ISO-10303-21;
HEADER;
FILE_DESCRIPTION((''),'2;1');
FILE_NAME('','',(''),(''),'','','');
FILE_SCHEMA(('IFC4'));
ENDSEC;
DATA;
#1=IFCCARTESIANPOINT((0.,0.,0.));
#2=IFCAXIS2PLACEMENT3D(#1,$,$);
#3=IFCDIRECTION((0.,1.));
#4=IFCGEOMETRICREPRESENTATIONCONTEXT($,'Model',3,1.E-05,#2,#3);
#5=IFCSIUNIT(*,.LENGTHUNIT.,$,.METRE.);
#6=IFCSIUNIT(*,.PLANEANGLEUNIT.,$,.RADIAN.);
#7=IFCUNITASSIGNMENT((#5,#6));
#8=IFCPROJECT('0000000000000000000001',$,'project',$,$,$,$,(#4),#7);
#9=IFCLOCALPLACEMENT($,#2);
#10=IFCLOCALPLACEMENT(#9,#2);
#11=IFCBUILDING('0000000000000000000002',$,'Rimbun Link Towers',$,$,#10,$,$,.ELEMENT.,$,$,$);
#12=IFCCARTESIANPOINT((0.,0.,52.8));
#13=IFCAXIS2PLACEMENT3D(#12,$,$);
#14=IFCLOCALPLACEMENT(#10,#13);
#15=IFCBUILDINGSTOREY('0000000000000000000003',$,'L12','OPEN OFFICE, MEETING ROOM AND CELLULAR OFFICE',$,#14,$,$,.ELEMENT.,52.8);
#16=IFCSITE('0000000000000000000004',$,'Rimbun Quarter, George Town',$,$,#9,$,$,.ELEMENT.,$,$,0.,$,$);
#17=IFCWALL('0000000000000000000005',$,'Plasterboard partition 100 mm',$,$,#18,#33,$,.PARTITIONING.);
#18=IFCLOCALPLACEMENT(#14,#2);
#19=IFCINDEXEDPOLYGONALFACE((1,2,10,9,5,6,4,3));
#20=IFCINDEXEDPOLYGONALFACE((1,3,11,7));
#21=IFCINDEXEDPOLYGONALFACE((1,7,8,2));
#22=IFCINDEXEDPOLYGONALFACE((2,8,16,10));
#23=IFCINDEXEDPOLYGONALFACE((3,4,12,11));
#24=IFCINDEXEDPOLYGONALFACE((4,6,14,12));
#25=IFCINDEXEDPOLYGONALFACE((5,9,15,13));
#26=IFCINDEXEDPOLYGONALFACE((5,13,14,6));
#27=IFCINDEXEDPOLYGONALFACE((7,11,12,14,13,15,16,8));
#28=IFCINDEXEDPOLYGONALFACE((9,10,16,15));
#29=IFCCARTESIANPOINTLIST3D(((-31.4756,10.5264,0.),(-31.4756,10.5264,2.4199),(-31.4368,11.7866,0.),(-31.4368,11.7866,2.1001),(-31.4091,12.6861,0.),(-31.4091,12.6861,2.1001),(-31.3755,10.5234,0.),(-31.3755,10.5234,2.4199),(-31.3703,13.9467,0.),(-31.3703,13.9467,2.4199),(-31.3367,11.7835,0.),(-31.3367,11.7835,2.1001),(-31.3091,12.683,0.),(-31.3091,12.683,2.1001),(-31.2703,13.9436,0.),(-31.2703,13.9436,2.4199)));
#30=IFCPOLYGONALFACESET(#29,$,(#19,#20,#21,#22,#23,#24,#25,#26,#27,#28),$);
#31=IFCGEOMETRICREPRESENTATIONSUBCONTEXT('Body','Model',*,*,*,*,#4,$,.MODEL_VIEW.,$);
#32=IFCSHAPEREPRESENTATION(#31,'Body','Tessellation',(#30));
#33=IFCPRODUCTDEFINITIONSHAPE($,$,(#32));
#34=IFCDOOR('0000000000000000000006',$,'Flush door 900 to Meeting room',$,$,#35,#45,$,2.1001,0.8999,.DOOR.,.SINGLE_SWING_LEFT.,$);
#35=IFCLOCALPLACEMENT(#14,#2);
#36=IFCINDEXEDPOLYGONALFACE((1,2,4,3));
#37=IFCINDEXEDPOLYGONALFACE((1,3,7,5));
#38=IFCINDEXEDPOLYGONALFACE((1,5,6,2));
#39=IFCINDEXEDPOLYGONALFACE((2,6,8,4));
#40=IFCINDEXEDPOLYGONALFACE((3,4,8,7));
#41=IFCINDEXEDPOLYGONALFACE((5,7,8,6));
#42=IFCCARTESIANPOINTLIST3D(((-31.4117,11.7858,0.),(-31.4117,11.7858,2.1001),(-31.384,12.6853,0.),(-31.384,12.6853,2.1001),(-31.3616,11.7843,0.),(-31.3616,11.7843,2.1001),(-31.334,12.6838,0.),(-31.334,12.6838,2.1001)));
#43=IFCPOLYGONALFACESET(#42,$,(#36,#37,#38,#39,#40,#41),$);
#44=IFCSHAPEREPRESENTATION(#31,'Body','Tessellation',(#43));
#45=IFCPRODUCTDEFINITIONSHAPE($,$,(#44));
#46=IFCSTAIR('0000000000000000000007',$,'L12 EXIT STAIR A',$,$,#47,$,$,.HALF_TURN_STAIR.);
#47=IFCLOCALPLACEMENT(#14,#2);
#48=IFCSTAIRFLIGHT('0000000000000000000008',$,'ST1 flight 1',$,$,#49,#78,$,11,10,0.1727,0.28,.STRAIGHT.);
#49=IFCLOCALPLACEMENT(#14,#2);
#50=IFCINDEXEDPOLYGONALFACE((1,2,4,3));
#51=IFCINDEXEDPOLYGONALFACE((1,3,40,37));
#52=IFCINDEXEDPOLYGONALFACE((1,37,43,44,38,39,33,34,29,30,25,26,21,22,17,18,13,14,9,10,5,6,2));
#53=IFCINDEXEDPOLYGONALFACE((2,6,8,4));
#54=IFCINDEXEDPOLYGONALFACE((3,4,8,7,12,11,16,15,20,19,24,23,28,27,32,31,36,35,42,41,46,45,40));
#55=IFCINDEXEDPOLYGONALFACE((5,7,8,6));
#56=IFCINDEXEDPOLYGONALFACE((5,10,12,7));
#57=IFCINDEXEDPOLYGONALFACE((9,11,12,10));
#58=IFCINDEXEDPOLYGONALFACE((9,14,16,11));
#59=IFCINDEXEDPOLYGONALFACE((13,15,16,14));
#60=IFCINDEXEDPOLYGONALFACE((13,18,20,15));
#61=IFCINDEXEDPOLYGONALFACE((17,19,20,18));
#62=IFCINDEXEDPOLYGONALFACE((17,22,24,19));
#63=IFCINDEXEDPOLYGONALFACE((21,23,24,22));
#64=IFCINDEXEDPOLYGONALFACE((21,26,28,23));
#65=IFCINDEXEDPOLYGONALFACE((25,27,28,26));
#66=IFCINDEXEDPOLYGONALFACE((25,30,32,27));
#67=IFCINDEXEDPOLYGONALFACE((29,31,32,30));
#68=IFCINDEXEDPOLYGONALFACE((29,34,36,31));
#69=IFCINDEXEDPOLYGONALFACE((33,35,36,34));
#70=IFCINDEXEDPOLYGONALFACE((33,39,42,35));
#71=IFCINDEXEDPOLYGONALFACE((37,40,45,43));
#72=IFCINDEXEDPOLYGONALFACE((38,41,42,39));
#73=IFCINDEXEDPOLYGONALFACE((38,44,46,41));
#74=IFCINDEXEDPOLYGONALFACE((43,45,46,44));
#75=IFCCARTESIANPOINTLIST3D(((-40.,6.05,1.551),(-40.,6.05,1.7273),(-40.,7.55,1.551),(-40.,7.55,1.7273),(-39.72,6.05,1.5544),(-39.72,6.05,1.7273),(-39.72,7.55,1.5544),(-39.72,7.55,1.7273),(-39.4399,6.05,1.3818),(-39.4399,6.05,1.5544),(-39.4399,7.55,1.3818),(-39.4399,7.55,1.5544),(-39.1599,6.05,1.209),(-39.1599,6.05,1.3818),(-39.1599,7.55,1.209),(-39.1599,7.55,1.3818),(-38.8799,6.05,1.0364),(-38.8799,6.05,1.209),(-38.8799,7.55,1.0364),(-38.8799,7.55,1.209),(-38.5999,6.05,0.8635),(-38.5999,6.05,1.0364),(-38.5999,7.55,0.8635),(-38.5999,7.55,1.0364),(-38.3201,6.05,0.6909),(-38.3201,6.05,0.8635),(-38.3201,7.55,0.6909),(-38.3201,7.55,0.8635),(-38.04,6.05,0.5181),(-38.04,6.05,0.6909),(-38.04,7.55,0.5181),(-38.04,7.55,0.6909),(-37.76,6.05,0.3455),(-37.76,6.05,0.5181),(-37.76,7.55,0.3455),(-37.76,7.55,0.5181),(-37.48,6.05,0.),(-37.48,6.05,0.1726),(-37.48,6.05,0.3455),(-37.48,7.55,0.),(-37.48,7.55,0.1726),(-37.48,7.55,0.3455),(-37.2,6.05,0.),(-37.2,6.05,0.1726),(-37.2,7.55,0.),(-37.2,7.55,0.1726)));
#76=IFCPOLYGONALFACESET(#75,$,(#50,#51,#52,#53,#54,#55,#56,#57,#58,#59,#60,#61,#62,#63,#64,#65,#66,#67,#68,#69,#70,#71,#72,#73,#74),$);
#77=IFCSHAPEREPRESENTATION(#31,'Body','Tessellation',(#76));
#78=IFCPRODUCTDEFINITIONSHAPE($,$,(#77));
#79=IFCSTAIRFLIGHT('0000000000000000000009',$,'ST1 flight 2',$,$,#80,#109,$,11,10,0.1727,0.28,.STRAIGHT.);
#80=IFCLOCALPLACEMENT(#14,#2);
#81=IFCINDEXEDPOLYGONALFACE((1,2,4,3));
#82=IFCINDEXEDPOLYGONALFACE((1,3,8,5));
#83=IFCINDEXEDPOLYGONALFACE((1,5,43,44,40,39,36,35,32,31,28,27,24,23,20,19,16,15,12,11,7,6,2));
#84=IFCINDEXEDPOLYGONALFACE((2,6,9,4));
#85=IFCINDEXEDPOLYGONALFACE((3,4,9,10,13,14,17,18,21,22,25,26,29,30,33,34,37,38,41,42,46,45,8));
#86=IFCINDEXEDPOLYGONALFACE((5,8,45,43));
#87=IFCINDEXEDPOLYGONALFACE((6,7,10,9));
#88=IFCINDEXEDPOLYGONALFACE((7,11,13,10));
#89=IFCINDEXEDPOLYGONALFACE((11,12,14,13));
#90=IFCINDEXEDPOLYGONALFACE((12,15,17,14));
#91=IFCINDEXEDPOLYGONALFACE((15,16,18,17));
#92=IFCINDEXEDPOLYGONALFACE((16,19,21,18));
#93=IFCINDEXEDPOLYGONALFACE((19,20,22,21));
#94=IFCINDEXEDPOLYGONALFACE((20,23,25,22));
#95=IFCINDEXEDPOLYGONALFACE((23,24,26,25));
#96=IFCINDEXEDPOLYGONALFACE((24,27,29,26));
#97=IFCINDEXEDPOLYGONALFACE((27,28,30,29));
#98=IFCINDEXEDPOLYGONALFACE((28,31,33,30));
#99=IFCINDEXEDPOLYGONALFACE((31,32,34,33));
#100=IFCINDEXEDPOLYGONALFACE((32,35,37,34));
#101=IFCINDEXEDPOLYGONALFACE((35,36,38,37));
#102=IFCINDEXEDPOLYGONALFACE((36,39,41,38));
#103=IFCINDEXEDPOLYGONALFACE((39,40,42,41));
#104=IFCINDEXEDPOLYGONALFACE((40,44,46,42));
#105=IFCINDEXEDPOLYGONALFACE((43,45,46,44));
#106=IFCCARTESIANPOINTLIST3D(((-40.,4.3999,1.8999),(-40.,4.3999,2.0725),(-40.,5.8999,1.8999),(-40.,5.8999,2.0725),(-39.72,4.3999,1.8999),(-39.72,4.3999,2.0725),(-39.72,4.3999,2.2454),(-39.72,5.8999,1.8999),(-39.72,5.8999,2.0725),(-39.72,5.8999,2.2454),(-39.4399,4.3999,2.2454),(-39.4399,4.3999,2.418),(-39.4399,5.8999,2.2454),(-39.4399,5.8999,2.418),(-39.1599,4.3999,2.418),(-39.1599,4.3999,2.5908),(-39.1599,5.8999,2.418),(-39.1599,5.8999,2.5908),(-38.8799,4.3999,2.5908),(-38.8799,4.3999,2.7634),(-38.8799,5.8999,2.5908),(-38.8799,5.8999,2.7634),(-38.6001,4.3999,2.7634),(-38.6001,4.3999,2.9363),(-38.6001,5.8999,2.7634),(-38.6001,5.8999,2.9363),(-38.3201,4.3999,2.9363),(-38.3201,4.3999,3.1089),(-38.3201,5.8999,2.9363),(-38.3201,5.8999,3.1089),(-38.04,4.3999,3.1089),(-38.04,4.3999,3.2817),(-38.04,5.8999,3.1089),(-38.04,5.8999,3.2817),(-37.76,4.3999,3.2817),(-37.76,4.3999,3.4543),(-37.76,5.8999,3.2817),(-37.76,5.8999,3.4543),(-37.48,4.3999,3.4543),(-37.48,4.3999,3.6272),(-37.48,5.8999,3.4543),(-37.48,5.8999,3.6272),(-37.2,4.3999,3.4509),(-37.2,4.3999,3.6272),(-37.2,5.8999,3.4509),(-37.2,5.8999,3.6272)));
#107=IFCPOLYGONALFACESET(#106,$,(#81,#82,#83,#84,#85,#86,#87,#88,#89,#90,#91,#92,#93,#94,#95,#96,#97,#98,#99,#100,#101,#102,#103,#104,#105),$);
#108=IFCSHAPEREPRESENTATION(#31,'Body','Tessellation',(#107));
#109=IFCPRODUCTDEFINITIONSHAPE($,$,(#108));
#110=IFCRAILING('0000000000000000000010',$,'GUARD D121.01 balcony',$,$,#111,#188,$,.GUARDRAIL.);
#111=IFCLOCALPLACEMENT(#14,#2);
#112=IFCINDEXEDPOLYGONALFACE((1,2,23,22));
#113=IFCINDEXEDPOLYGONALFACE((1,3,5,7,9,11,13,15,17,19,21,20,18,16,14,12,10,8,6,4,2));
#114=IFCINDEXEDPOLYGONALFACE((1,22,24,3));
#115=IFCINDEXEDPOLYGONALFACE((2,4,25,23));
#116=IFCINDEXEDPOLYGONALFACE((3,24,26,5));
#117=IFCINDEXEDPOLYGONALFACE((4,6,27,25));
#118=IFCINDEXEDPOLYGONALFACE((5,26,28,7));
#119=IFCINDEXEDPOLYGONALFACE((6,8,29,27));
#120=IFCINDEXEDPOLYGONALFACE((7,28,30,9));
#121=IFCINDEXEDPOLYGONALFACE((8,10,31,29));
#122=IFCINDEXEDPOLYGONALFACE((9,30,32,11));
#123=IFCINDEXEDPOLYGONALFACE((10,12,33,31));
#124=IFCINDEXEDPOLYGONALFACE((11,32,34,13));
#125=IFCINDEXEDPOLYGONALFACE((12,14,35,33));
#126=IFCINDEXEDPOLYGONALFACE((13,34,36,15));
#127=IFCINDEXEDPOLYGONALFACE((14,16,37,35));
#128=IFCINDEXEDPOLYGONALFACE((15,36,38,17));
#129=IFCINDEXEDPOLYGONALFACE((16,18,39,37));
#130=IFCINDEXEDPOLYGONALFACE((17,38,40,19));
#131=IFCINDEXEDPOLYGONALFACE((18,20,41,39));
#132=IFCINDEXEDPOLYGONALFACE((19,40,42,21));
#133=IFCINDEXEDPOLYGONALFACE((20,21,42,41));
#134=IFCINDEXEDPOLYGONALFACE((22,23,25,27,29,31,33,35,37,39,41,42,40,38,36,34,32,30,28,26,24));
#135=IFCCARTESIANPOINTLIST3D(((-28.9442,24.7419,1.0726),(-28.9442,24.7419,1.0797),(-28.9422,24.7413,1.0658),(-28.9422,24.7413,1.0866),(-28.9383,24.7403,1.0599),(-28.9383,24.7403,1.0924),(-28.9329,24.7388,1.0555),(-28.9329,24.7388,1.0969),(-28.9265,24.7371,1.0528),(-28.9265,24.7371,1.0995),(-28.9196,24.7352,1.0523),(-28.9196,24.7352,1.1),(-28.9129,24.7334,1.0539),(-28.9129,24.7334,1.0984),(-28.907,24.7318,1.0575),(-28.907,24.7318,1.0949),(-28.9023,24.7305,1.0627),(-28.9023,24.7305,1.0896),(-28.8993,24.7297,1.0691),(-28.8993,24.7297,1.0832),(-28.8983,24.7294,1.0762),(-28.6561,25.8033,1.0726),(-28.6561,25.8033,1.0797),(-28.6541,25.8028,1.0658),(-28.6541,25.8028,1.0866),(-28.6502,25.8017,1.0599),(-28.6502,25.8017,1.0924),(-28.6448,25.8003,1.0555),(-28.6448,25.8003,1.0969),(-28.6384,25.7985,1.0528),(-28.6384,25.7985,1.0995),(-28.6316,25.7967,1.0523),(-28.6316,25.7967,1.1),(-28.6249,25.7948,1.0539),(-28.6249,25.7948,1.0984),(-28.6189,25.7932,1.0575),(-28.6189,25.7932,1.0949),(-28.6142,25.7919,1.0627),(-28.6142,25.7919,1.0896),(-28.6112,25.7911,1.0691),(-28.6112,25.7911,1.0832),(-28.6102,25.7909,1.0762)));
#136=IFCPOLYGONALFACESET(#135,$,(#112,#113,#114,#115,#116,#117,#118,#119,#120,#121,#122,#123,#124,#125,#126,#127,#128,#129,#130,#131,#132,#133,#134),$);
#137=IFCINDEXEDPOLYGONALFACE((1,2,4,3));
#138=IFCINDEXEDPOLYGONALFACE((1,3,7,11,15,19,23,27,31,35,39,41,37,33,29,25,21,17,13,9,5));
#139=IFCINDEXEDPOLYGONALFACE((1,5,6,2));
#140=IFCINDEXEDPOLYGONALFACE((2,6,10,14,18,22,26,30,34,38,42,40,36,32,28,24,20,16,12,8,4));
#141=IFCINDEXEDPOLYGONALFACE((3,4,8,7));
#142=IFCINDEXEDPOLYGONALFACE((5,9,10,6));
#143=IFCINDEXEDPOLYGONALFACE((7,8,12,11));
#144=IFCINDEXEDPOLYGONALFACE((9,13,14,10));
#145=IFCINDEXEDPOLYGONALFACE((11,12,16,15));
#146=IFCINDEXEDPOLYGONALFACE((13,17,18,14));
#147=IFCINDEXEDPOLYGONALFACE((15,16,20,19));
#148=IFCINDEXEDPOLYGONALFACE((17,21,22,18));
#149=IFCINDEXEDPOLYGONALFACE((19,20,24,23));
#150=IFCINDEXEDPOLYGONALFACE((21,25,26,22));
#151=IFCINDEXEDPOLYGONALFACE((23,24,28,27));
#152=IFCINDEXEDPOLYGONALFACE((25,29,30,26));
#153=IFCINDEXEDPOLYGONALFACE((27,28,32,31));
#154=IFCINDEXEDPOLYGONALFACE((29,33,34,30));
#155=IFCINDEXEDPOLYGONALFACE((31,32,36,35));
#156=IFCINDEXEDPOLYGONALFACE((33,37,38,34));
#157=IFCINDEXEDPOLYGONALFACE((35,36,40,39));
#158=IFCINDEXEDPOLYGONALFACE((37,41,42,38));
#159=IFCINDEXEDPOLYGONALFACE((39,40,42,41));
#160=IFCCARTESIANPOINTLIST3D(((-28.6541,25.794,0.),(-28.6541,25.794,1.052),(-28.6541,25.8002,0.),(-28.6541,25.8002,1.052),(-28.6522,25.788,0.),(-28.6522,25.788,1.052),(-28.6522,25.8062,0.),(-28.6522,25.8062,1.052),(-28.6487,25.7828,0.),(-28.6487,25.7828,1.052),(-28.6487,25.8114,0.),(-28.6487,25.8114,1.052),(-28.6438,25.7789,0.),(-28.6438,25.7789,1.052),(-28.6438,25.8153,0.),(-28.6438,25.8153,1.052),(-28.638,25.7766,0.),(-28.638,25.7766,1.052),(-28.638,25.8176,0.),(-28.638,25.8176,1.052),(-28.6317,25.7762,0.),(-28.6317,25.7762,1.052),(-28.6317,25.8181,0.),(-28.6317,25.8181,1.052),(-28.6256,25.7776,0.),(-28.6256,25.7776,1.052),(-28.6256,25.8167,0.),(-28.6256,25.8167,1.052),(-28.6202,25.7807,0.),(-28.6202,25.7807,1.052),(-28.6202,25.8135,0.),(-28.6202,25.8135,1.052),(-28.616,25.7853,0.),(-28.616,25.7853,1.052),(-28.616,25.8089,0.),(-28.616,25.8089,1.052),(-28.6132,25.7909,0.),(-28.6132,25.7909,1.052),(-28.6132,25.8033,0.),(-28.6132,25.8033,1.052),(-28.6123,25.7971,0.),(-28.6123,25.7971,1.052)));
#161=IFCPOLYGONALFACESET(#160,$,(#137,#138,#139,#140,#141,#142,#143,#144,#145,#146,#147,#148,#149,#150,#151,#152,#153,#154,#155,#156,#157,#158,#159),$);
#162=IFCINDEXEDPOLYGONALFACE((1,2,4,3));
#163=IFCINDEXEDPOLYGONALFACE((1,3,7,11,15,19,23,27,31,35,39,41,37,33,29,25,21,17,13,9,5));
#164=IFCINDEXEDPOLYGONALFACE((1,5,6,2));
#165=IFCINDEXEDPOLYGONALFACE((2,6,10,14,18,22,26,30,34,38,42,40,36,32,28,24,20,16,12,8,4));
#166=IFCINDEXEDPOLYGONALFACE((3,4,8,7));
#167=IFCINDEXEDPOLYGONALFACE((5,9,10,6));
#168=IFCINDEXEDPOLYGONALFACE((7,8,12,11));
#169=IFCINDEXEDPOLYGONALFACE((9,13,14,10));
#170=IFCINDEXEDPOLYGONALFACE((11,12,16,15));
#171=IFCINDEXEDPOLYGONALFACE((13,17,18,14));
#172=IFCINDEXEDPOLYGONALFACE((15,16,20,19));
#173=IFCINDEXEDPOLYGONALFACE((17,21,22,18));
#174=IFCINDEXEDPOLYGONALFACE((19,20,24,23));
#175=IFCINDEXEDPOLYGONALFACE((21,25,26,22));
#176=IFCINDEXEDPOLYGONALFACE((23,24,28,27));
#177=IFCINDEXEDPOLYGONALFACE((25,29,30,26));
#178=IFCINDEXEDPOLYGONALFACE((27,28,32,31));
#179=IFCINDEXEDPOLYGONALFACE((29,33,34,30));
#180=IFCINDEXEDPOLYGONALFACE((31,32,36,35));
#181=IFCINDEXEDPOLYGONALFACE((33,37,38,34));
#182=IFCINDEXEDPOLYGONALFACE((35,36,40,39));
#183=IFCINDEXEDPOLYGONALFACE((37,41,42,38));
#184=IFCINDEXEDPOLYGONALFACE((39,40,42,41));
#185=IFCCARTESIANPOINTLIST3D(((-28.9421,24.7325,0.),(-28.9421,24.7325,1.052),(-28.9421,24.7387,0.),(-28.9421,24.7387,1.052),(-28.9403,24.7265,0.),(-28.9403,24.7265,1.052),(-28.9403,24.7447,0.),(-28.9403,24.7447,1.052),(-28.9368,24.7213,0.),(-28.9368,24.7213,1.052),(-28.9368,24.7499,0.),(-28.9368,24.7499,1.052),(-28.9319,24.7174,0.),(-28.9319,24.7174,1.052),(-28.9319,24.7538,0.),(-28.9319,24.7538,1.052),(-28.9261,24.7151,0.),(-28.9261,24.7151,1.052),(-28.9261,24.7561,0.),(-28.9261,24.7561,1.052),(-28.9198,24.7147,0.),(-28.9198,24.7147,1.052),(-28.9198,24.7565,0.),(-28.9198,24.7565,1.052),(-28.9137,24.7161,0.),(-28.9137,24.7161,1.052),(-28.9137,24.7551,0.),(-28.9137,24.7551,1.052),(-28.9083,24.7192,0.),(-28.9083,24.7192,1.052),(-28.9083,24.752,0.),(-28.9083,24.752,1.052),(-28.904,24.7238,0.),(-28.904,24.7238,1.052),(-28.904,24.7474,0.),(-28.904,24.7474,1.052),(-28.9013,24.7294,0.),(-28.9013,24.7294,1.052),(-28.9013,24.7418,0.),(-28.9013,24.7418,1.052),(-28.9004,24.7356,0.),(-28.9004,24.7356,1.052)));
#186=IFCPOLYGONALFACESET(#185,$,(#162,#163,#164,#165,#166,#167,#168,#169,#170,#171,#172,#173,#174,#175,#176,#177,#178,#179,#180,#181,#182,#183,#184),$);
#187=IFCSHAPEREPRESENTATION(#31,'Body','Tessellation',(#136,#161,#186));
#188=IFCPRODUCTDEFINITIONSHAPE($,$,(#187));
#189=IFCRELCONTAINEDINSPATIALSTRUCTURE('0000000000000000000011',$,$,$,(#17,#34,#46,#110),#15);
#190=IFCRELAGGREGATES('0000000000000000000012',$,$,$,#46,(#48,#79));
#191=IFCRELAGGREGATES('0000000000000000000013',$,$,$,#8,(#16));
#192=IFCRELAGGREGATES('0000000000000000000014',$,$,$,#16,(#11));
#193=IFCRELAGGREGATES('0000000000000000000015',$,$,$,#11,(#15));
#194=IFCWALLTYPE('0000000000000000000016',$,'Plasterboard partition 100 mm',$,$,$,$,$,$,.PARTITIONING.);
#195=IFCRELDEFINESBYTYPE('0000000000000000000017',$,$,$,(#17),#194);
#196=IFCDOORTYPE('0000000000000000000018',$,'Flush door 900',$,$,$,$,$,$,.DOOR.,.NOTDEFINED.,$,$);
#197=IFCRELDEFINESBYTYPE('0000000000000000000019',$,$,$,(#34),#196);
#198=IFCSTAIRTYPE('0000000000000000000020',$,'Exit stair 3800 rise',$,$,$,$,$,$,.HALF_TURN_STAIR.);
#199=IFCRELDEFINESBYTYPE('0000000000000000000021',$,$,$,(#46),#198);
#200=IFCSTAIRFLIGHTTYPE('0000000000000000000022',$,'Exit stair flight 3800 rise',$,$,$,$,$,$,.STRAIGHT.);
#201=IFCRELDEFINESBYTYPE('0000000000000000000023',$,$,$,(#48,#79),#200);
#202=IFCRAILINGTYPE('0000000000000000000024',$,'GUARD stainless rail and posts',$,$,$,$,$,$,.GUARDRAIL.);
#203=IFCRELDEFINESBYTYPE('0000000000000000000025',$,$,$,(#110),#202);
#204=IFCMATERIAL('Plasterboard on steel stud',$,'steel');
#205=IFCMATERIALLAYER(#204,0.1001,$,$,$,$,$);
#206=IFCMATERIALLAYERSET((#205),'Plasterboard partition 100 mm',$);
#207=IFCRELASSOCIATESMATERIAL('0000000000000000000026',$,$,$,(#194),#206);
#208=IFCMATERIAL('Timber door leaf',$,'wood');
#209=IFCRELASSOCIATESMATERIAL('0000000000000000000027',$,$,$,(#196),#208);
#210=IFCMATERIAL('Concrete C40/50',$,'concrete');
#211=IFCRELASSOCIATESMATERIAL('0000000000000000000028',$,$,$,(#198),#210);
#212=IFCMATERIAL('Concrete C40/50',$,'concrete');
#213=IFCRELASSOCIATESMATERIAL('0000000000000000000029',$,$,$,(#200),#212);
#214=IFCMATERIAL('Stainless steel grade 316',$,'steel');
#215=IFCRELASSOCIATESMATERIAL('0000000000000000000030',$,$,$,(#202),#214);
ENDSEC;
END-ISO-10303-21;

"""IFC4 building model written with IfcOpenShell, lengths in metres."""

from ifc_helpers import new_model, si_unit, direction, frame, frame_2d, origin, origin_2d, place, context, subcontext, project, spatial, polyline, rectangle, circle, outline, extrude, material, layer, layer_set, type_object, element, fill, aggregate, save


model = new_model("IFC4")

# Units and contexts
model_context = context("Model", 3, precision=1e-05, world=origin(), true_north=direction((0.0, 1.0)))
body_context = subcontext(model_context, "Body", "Model", "MODEL_VIEW")
ifc_project = project(units=[si_unit("LENGTHUNIT", "METRE"), si_unit("PLANEANGLEUNIT", "RADIAN")], contexts=[model_context])

# Site, building, storey
site_placement = place(None, origin())
site = spatial("IfcSite", under=ifc_project, at=site_placement, Name="Rimbun Quarter, George Town", CompositionType="ELEMENT", RefElevation=0.0)
building_placement = place(site_placement, origin())
building = spatial("IfcBuilding", under=site, at=building_placement, Name="Rimbun Link Towers", CompositionType="ELEMENT")
storey_placement = place(building_placement, frame((0.0, 0.0, 52.8)))
storey = spatial("IfcBuildingStorey", under=building, at=storey_placement, Name="L12", Description="OPEN OFFICE, MEETING ROOM AND CELLULAR OFFICE", CompositionType="ELEMENT", Elevation=52.8)

# Wall, opening, door
ifc_material_1 = material(Name="Plasterboard on steel stud", Category="steel")
ifc_layer_1 = layer(ifc_material_1, 0.1001)
ifc_layer_set_1 = layer_set([ifc_layer_1], Name="Plasterboard partition 100 mm")
wall_type_1 = type_object("IfcWallType", Name="Plasterboard partition 100 mm", PredefinedType="PARTITIONING", material=ifc_layer_set_1)
wall_1_placement = place(storey_placement, frame((-31.4255, 10.5249, 0.0), z_axis=(0.0, 0.0, 1.0), x_axis=(0.030751, 0.999527, 0.0)))
wall_1 = element("IfcWall", 1, at=wall_1_placement, inside=storey, type_object=wall_type_1, Name="Plasterboard partition 100 mm", PredefinedType="PARTITIONING", context=body_context, shape_type="SweptSolid", body=[
    extrude(rectangle(XDim=3.4219, YDim=0.1001, at=frame_2d((1.7109, 0.0))), origin(), (0.0, 0.0, 1.0), 2.4199),
])
opening_1_placement = place(wall_1_placement, frame((1.2607, 0.0, 0.0)))
opening_1 = element("IfcOpeningElement", 2, at=opening_1_placement, cuts=wall_1, PredefinedType="OPENING", context=body_context, shape_type="SweptSolid", body=[
    extrude(rectangle(XDim=0.8999, YDim=2.1001, at=frame_2d((0.45, 1.05))), frame((0.0, 0.0601, 0.0), z_axis=(0.0, -1.0, 0.0), x_axis=(1.0, 0.0, 0.0)), (0.0, 0.0, 1.0), 0.1201),
])
ifc_material_2 = material(Name="Timber door leaf", Category="wood")
door_type_1 = type_object("IfcDoorType", Name="Flush door 900", OperationType="NOTDEFINED", PredefinedType="DOOR", material=ifc_material_2)
door_1_placement = place(opening_1_placement, origin())
door_1 = element("IfcDoor", 3, at=door_1_placement, inside=storey, type_object=door_type_1, Name="Flush door 900 to Meeting room", OperationType="SINGLE_SWING_LEFT", OverallHeight=2.1001, OverallWidth=0.8999, PredefinedType="DOOR", context=body_context, shape_type="SweptSolid", body=[
    extrude(rectangle(XDim=0.8999, YDim=2.1001, at=frame_2d((0.45, 1.05))), frame((0.0, 0.0249, 0.0), z_axis=(0.0, -1.0, 0.0), x_axis=(1.0, 0.0, 0.0)), (0.0, 0.0, 1.0), 0.05),
])
fill(opening_1, door_1)

# Stair, stair flights
ifc_material_3 = material(Name="Concrete C40/50", Category="concrete")
stair_type = type_object("IfcStairType", Name="Exit stair 3800 rise", PredefinedType="HALF_TURN_STAIR", material=ifc_material_3)
stair_placement = place(storey_placement, origin())
stair = element("IfcStair", 4, at=stair_placement, inside=storey, type_object=stair_type, Name="L12 EXIT STAIR A", PredefinedType="HALF_TURN_STAIR")
ifc_material_4 = material(Name="Concrete C40/50", Category="concrete")
stair_flight_type = type_object("IfcStairFlightType", Name="Exit stair flight 3800 rise", PredefinedType="STRAIGHT", material=ifc_material_4)
stair_flight_1_placement = place(storey_placement, frame((-37.2, 6.8, 0.0), z_axis=(0.0, 0.0, 1.0), x_axis=(-1.0, 0.0, 0.0)))
stair_flight_1 = element("IfcStairFlight", 5, at=stair_flight_1_placement, type_object=stair_flight_type, Name="ST1 flight 1", NumberOfRisers=11, NumberOfTreads=10, PredefinedType="STRAIGHT", RiserHeight=0.1727, TreadLength=0.28, context=body_context, shape_type="SweptSolid", body=[
    extrude(outline(polyline([(0.0, 0.0), (0.0, 0.1726), (0.28, 0.1726), (0.28, 0.3455), (0.5601, 0.3455), (0.5601, 0.5181), (0.8401, 0.5181), (0.8401, 0.6909), (1.1201, 0.6909), (1.1201, 0.8635), (1.3999, 0.8635), (1.3999, 1.0364), (1.6799, 1.0364), (1.6799, 1.209), (1.96, 1.209), (1.96, 1.3818), (2.24, 1.3818), (2.24, 1.5544), (2.52, 1.5544), (2.52, 1.7273), (2.8, 1.7273), (2.8, 1.8999), (2.8, 1.551), (0.28, 0.0), (0.0, 0.0)])), frame((0.0, 0.75, 0.0), z_axis=(0.0, -1.0, 0.0), x_axis=(1.0, 0.0, 0.0)), (0.0, 0.0, 1.0), 1.5),
])
stair_flight_2_placement = place(storey_placement, frame((-40.0, 5.1499, 1.8999), z_axis=(0.0, 0.0, 1.0), x_axis=(1.0, 0.0, 0.0)))
stair_flight_2 = element("IfcStairFlight", 6, at=stair_flight_2_placement, type_object=stair_flight_type, Name="ST1 flight 2", NumberOfRisers=11, NumberOfTreads=10, PredefinedType="STRAIGHT", RiserHeight=0.1727, TreadLength=0.28, context=body_context, shape_type="SweptSolid", body=[
    extrude(outline(polyline([(0.0, 0.0), (0.0, 0.1726), (0.28, 0.1726), (0.28, 0.3455), (0.5601, 0.3455), (0.5601, 0.5181), (0.8401, 0.5181), (0.8401, 0.6909), (1.1201, 0.6909), (1.1201, 0.8635), (1.3999, 0.8635), (1.3999, 1.0364), (1.6799, 1.0364), (1.6799, 1.209), (1.96, 1.209), (1.96, 1.3818), (2.24, 1.3818), (2.24, 1.5544), (2.52, 1.5544), (2.52, 1.7273), (2.8, 1.7273), (2.8, 1.8999), (2.8, 1.551), (0.28, 0.0), (0.0, 0.0)])), frame((0.0, 0.75, 0.0), z_axis=(0.0, -1.0, 0.0), x_axis=(1.0, 0.0, 0.0)), (0.0, 0.0, 1.0), 1.5),
])
aggregate(stair, [stair_flight_1, stair_flight_2])

# Railing
ifc_material_5 = material(Name="Stainless steel grade 316", Category="steel")
railing_type_1 = type_object("IfcRailingType", Name="GUARD stainless rail and posts", PredefinedType="GUARDRAIL", material=ifc_material_5)
railing_1_placement = place(storey_placement, frame((-28.6333, 25.7971, 0.0)))
element("IfcRailing", 7, at=railing_1_placement, inside=storey, type_object=railing_type_1, Name="GUARD D121.01 balcony", PredefinedType="GUARDRAIL", context=body_context, shape_type="SweptSolid", body=[
    extrude(circle(Radius=0.0239, at=origin_2d()), frame((0.0, 0.0, 1.0762), z_axis=(-0.261915, -0.965091, 0.0), x_axis=(0.965091, -0.261915, 0.0)), (0.0, 0.0, 1.0), 1.0999),
    extrude(circle(Radius=0.021, at=origin_2d()), origin(), (0.0, 0.0, 1.0), 1.052),
    extrude(circle(Radius=0.021, at=origin_2d()), frame((-0.2881, -1.0615, 0.0)), (0.0, 0.0, 1.0), 1.052),
])

save(model, "model.ifc")
